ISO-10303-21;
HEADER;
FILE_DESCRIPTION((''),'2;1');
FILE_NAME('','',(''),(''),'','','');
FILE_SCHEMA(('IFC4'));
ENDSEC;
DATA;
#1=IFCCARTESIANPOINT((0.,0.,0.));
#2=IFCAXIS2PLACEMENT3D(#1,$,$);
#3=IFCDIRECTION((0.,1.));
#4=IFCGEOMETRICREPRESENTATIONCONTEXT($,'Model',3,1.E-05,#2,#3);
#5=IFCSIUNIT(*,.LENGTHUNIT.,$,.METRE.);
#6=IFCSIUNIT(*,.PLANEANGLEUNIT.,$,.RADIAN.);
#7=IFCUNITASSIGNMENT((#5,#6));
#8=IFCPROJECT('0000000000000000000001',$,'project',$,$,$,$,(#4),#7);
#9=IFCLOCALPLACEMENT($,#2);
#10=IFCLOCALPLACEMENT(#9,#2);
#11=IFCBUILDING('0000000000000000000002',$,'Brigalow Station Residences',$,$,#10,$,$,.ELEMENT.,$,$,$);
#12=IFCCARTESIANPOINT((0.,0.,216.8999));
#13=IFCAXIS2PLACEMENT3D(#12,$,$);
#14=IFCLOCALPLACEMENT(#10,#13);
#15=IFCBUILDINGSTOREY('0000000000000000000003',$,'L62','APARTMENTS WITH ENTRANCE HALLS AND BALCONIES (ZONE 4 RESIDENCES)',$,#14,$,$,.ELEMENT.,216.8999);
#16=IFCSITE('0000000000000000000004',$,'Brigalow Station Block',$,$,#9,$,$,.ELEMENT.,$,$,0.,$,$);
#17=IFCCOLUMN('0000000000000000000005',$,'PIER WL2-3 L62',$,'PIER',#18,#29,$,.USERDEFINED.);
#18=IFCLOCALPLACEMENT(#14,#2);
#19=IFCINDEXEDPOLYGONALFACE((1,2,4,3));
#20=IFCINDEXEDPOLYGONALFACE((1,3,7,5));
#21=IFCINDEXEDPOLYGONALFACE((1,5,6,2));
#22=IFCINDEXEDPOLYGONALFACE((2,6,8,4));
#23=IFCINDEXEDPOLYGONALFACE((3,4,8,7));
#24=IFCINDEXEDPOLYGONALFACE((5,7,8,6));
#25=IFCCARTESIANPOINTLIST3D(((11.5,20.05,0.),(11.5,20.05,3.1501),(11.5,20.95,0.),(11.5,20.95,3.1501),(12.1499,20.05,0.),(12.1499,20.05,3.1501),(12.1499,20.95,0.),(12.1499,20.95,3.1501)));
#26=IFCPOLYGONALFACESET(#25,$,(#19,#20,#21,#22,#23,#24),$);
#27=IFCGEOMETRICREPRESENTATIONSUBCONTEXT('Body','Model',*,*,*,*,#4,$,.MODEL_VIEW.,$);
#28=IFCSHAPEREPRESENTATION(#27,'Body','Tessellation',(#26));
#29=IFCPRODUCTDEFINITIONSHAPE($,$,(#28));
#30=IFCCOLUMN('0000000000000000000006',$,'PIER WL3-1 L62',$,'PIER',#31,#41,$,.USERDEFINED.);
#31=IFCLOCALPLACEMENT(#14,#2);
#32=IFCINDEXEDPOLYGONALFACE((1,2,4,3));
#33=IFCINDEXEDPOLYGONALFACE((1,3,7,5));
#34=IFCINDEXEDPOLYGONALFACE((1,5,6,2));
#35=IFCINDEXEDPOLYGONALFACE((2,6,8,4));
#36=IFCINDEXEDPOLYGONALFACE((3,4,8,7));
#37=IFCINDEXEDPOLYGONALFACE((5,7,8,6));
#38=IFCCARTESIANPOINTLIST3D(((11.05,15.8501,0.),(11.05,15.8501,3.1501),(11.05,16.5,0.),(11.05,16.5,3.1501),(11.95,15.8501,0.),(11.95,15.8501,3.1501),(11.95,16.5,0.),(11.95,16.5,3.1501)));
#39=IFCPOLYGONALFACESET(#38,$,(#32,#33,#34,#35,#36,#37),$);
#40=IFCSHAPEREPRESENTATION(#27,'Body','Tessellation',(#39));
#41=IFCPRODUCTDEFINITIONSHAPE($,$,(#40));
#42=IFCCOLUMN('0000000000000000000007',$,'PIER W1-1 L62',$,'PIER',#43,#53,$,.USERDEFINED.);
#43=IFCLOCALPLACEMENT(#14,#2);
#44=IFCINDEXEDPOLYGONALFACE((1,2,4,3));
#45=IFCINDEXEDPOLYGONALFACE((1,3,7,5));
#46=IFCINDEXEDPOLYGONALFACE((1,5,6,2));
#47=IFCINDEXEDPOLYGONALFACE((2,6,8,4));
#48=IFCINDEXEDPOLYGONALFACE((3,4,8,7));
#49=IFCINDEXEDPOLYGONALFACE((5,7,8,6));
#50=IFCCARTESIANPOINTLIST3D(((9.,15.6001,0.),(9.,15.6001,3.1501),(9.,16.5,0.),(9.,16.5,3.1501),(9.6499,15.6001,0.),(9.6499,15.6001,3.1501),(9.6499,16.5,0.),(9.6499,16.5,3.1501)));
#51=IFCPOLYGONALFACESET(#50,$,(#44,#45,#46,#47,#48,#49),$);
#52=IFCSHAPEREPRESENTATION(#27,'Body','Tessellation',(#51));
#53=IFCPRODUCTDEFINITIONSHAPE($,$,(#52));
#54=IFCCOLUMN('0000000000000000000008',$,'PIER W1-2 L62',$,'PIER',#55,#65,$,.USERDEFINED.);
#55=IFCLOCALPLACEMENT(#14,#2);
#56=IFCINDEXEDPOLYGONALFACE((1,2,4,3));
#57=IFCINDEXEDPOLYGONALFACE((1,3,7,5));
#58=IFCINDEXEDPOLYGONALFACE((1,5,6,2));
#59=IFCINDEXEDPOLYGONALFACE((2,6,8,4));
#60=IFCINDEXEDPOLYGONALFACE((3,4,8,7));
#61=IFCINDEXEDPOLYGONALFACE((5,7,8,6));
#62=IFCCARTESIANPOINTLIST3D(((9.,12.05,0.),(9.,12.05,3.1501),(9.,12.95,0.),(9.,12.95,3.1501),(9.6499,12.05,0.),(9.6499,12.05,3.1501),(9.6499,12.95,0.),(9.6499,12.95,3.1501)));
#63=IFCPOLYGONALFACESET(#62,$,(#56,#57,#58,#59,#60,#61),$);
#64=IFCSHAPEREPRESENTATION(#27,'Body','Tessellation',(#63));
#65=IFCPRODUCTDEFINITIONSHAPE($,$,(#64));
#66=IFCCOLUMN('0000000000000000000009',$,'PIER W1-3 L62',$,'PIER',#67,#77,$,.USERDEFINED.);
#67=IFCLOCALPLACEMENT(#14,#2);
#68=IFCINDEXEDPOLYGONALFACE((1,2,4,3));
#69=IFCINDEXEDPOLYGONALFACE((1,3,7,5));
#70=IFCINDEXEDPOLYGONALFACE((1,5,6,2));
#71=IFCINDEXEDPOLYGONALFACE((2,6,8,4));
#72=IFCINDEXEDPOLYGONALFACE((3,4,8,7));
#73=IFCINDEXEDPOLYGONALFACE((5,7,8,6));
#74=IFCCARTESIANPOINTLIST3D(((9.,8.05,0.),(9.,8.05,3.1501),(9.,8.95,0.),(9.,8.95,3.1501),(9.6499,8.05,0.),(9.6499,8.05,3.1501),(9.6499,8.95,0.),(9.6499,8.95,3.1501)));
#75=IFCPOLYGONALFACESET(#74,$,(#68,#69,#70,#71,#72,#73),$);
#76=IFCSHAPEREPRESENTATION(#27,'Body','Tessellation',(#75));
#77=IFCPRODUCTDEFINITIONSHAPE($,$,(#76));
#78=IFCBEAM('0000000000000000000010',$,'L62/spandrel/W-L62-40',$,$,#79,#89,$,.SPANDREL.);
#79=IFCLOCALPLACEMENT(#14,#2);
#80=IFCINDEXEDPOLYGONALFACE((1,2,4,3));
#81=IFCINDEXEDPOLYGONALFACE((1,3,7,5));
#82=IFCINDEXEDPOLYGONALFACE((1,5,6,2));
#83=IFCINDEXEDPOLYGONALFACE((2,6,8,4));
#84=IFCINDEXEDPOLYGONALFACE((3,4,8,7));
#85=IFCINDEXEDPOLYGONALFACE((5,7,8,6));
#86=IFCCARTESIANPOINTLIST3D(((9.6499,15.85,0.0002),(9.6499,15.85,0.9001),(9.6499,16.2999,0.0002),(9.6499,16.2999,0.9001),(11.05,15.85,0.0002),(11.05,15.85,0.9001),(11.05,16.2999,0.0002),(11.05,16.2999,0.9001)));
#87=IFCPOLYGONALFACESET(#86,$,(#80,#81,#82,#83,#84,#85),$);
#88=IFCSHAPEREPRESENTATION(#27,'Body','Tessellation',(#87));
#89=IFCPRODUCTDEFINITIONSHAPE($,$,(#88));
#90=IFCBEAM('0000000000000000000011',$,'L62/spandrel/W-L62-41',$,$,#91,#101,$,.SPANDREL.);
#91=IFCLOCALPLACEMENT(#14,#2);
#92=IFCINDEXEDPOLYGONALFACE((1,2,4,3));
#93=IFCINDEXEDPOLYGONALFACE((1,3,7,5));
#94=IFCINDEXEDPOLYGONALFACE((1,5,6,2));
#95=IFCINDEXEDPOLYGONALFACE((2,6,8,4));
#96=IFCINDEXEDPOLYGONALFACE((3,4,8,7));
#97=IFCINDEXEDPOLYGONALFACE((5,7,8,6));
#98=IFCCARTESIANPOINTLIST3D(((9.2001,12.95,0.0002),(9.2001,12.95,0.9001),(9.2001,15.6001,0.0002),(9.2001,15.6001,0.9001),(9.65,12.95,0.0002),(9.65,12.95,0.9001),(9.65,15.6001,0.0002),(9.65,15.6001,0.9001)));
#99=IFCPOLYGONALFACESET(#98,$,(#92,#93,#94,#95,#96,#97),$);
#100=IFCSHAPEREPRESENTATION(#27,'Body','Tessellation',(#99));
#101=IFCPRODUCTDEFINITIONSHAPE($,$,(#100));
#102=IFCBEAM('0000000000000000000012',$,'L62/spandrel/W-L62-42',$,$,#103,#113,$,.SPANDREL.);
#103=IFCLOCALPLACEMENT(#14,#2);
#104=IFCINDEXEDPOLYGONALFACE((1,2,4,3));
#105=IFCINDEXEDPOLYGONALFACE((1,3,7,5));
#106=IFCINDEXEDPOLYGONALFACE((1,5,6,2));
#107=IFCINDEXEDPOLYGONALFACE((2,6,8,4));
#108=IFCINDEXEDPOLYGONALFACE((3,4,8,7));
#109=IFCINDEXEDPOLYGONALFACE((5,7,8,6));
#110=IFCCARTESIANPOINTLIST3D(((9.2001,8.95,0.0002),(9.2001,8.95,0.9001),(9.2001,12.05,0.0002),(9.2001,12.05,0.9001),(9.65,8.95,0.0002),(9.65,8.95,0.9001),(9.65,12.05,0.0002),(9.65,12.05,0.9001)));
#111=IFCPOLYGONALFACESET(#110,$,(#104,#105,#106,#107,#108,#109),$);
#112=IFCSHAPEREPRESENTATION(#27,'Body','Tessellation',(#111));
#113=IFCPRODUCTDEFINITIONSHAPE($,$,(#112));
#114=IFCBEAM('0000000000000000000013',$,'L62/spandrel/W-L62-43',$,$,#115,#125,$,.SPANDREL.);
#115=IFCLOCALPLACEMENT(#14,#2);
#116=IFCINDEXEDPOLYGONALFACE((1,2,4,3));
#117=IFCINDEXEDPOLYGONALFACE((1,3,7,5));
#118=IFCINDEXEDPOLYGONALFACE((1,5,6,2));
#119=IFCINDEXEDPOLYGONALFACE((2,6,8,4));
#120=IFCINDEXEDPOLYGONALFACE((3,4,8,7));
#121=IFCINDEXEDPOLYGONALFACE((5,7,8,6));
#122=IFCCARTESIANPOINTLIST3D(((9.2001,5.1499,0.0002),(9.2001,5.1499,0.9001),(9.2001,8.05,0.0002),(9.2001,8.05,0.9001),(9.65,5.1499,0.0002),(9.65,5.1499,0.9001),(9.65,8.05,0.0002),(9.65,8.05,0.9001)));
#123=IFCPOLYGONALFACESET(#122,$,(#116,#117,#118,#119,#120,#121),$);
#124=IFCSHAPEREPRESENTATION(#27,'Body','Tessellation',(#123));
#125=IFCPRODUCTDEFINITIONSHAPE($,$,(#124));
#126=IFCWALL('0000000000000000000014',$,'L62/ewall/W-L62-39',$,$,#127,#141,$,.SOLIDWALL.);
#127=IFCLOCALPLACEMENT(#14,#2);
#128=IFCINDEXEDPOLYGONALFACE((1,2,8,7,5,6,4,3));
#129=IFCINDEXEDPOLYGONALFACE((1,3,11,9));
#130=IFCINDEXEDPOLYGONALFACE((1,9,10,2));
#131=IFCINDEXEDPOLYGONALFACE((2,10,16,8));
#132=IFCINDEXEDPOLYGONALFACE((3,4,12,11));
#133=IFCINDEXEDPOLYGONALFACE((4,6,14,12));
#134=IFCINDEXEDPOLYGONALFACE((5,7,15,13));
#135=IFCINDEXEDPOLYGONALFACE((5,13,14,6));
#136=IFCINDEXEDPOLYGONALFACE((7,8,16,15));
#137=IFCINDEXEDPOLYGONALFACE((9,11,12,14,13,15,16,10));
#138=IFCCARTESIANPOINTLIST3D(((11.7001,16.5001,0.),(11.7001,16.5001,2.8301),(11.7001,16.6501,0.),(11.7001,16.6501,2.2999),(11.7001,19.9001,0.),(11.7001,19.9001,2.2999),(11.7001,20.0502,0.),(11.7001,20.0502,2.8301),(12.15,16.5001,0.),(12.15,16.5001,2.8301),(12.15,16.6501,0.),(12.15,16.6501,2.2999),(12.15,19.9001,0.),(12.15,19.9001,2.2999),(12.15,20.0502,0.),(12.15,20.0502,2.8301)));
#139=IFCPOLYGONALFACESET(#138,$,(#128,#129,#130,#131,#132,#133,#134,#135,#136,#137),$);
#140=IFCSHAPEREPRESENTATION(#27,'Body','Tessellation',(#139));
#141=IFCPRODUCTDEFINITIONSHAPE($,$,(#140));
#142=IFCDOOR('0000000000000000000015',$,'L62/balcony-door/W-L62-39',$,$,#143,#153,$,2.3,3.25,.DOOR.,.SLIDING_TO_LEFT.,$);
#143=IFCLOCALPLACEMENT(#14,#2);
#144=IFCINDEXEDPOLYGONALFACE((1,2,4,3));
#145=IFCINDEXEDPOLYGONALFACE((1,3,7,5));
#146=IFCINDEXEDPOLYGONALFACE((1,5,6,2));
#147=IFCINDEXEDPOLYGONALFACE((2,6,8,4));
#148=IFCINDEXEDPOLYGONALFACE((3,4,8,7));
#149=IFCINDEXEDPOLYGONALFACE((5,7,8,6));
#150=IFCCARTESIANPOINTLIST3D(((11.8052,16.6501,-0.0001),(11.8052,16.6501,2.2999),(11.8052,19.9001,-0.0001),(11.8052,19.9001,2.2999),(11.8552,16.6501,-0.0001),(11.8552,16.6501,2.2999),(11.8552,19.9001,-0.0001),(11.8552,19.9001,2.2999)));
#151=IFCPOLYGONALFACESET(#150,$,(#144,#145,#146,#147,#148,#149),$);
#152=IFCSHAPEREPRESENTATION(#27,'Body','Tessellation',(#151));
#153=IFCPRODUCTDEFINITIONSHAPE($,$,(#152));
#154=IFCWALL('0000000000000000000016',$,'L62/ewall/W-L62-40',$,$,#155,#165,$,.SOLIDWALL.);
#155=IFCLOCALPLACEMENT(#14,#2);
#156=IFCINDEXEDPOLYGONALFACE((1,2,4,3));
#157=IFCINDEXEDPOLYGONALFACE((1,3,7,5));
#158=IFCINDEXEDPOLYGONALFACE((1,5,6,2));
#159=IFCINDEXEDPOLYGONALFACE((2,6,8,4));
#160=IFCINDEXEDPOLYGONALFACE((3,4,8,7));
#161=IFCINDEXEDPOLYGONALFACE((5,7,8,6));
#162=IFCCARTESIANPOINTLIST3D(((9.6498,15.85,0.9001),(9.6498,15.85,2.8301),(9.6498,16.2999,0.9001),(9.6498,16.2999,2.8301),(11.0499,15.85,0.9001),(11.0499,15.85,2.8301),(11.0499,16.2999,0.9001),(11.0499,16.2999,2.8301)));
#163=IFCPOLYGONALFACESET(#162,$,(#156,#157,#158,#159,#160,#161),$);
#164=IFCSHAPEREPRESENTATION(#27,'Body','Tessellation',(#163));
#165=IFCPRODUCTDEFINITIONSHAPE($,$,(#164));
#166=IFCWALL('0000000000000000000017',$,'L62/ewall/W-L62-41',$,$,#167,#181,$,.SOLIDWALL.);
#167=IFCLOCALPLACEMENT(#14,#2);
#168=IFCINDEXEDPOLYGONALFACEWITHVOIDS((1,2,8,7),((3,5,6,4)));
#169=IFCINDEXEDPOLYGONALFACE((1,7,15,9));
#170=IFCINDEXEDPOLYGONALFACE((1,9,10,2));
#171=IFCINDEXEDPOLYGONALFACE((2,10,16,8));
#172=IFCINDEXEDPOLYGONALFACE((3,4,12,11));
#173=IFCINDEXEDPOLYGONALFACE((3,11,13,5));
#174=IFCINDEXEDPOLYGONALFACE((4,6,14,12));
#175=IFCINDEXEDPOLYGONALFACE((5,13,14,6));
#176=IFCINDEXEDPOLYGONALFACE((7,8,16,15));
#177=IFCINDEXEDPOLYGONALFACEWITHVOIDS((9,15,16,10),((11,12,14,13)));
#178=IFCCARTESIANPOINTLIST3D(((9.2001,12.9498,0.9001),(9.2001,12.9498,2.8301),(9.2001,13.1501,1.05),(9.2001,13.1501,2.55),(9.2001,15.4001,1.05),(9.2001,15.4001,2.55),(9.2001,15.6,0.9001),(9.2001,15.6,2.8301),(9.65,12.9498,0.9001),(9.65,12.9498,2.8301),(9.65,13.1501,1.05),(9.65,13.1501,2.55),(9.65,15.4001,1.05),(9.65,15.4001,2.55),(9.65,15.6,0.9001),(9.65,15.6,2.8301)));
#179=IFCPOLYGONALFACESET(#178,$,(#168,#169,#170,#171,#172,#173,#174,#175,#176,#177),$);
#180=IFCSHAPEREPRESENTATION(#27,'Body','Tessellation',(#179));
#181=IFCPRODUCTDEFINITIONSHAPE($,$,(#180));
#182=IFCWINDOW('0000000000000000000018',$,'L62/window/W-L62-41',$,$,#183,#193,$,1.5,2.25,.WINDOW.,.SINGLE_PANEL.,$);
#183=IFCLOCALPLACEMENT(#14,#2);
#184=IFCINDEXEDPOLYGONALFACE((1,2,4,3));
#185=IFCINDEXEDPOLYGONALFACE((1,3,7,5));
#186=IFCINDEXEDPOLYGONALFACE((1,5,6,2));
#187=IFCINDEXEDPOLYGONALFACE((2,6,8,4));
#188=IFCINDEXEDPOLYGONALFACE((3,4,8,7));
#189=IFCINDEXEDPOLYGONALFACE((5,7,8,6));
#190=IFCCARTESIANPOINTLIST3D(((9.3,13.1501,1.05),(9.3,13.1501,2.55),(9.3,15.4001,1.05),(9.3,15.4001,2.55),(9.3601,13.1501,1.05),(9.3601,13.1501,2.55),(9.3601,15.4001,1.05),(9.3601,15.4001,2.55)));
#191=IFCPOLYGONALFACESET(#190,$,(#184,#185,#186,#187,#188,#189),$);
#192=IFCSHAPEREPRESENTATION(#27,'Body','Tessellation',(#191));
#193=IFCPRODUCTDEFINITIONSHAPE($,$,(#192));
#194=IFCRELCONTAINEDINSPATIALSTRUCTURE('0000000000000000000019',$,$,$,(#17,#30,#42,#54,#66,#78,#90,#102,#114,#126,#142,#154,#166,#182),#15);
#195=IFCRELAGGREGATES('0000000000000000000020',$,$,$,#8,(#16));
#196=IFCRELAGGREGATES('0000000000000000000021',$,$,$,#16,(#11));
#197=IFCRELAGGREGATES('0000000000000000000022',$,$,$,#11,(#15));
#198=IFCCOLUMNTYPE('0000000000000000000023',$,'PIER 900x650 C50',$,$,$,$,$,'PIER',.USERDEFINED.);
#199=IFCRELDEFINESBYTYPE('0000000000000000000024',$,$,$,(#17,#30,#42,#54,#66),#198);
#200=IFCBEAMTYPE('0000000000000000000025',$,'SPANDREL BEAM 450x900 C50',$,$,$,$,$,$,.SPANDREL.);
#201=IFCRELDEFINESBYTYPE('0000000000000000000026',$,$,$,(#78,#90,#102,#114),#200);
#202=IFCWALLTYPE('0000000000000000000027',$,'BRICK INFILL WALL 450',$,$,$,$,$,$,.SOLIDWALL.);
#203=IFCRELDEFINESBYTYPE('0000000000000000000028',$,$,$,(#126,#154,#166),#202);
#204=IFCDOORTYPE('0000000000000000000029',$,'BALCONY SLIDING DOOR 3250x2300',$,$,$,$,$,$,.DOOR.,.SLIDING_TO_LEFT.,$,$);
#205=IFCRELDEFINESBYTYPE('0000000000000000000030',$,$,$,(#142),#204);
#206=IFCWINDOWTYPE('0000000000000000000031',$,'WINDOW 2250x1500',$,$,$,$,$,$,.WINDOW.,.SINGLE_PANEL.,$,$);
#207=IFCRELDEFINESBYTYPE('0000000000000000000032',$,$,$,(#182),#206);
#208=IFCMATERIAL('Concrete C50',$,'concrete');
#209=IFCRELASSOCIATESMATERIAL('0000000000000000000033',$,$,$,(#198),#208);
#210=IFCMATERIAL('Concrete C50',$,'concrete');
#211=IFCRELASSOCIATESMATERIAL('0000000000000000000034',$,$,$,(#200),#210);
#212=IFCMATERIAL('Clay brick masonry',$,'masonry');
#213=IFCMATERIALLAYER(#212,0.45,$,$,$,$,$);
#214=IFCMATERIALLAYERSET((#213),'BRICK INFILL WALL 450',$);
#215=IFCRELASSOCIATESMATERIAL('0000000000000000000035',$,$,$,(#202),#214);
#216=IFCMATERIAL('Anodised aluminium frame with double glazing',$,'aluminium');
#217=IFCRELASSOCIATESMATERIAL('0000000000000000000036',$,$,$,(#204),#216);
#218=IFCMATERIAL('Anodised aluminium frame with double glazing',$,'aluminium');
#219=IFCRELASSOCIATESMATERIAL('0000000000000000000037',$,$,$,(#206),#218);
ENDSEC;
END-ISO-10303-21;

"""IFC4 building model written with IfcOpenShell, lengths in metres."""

from ifc_helpers import new_model, si_unit, direction, frame, frame_2d, origin, origin_2d, place, context, subcontext, project, spatial, rectangle, extrude, material, layer, layer_set, material_profile, profile_set, type_object, element, fill, save


model = new_model("IFC4")

# Units and contexts
model_context = context("Model", 3, precision=1e-05, world=origin(), true_north=direction((0.0, 1.0)))
body_context = subcontext(model_context, "Body", "Model", "MODEL_VIEW")
ifc_project = project(units=[si_unit("LENGTHUNIT", "METRE"), si_unit("PLANEANGLEUNIT", "RADIAN")], contexts=[model_context])

# Site, building, storey
site_placement = place(None, origin())
site = spatial("IfcSite", under=ifc_project, at=site_placement, Name="Brigalow Station Block", CompositionType="ELEMENT", RefElevation=0.0)
building_placement = place(site_placement, origin())
building = spatial("IfcBuilding", under=site, at=building_placement, Name="Brigalow Station Residences", CompositionType="ELEMENT")
storey_placement = place(building_placement, frame((0.0, 0.0, 216.8999)))
storey = spatial("IfcBuildingStorey", under=building, at=storey_placement, Name="L62", Description="APARTMENTS WITH ENTRANCE HALLS AND BALCONIES (ZONE 4 RESIDENCES)", CompositionType="ELEMENT", Elevation=216.8999)

# Columns
ifc_material_1 = material(Name="Concrete C50", Category="concrete")
ifc_material_profile_1 = material_profile(ifc_material_1, rectangle(XDim=0.8999, YDim=0.6499, at=origin_2d()), Name="RC900x650")
ifc_profile_set_1 = profile_set([ifc_material_profile_1], Name="Concrete C50")
column_type = type_object("IfcColumnType", Name="PIER 900x650 C50", ElementType="PIER", PredefinedType="USERDEFINED", material=ifc_profile_set_1)
for number, where, z_axis, x_axis, name in (
    (1, (11.825, 20.5, 0.0), (0.0, 0.0, 1.0), (0.0, -1.0, 0.0), "PIER WL2-3 L62"),
    (2, (11.5, 16.175, 0.0), (0.0, 0.0, 1.0), (-1.0, 0.0, 0.0), "PIER WL3-1 L62"),
    (3, (9.325, 16.05, 0.0), (0.0, 0.0, 1.0), (0.0, -1.0, 0.0), "PIER W1-1 L62"),
    (4, (9.325, 12.5, 0.0), (0.0, 0.0, 1.0), (0.0, -1.0, 0.0), "PIER W1-2 L62"),
    (5, (9.325, 8.5, 0.0), (0.0, 0.0, 1.0), (0.0, -1.0, 0.0), "PIER W1-3 L62"),
):
    element("IfcColumn", number, at=place(storey_placement, frame(where, z_axis=z_axis, x_axis=x_axis)), inside=storey, type_object=column_type, Name=name, ObjectType="PIER", PredefinedType="USERDEFINED", context=body_context, shape_type="SweptSolid", body=[
        extrude(rectangle(XDim=0.8999, YDim=0.6499, at=origin_2d()), origin(), (0.0, 0.0, 1.0), 3.1501),
    ])

# Beams
ifc_material_2 = material(Name="Concrete C50", Category="concrete")
ifc_material_profile_2 = material_profile(ifc_material_2, rectangle(XDim=0.45, YDim=0.8999, at=origin_2d()), Name="RC450x900")
ifc_profile_set_2 = profile_set([ifc_material_profile_2], Name="Concrete C50")
beam_type = type_object("IfcBeamType", Name="SPANDREL BEAM 450x900 C50", PredefinedType="SPANDREL", material=ifc_profile_set_2)
beam_1_placement = place(storey_placement, frame((11.05, 16.075, 0.4502), z_axis=(-1.0, 0.0, 0.0), x_axis=(0.0, -1.0, 0.0)))
element("IfcBeam", 6, at=beam_1_placement, inside=storey, type_object=beam_type, Name="L62/spandrel/W-L62-40", PredefinedType="SPANDREL", context=body_context, shape_type="SweptSolid", body=[
    extrude(rectangle(XDim=0.45, YDim=0.8999, at=origin_2d()), origin(), (0.0, 0.0, 1.0), 1.4001),
])
beam_2_placement = place(storey_placement, frame((9.425, 15.6001, 0.4502), z_axis=(0.0, -1.0, 0.0), x_axis=(1.0, 0.0, 0.0)))
element("IfcBeam", 7, at=beam_2_placement, inside=storey, type_object=beam_type, Name="L62/spandrel/W-L62-41", PredefinedType="SPANDREL", context=body_context, shape_type="SweptSolid", body=[
    extrude(rectangle(XDim=0.45, YDim=0.8999, at=origin_2d()), origin(), (0.0, 0.0, 1.0), 2.6501),
])
beam_3_placement = place(storey_placement, frame((9.425, 12.05, 0.4502), z_axis=(0.0, -1.0, 0.0), x_axis=(1.0, 0.0, 0.0)))
element("IfcBeam", 8, at=beam_3_placement, inside=storey, type_object=beam_type, Name="L62/spandrel/W-L62-42", PredefinedType="SPANDREL", context=body_context, shape_type="SweptSolid", body=[
    extrude(rectangle(XDim=0.45, YDim=0.8999, at=origin_2d()), origin(), (0.0, 0.0, 1.0), 3.1001),
])
beam_4_placement = place(storey_placement, frame((9.425, 8.05, 0.4502), z_axis=(0.0, -1.0, 0.0), x_axis=(1.0, 0.0, 0.0)))
element("IfcBeam", 9, at=beam_4_placement, inside=storey, type_object=beam_type, Name="L62/spandrel/W-L62-43", PredefinedType="SPANDREL", context=body_context, shape_type="SweptSolid", body=[
    extrude(rectangle(XDim=0.45, YDim=0.8999, at=origin_2d()), origin(), (0.0, 0.0, 1.0), 2.9001),
])

# Wall, opening, door
ifc_material_3 = material(Name="Clay brick masonry", Category="masonry")
ifc_layer_1 = layer(ifc_material_3, 0.45)
ifc_layer_set_1 = layer_set([ifc_layer_1], Name="BRICK INFILL WALL 450")
wall_type_1 = type_object("IfcWallType", Name="BRICK INFILL WALL 450", PredefinedType="SOLIDWALL", material=ifc_layer_set_1)
wall_1_placement = place(storey_placement, frame((11.925, 20.05, 0.0), z_axis=(0.0, 0.0, 1.0), x_axis=(0.0, -1.0, 0.0)))
wall_1 = element("IfcWall", 10, at=wall_1_placement, inside=storey, type_object=wall_type_1, Name="L62/ewall/W-L62-39", PredefinedType="SOLIDWALL", context=body_context, shape_type="SweptSolid", body=[
    extrude(rectangle(XDim=3.55, YDim=0.45, at=frame_2d((1.7749, 0.0))), origin(), (0.0, 0.0, 1.0), 2.8301),
])
opening_1_placement = place(wall_1_placement, frame((0.1499, 0.0, 0.0)))
opening_1 = element("IfcOpeningElement", 11, at=opening_1_placement, cuts=wall_1, PredefinedType="OPENING", context=body_context, shape_type="SweptSolid", body=[
    extrude(rectangle(XDim=3.25, YDim=2.3, at=frame_2d((1.625, 1.1499))), frame((0.0, 0.2349, 0.0), z_axis=(0.0, -1.0, 0.0), x_axis=(1.0, 0.0, 0.0)), (0.0, 0.0, 1.0), 0.47),
])
ifc_material_4 = material(Name="Anodised aluminium frame with double glazing", Category="aluminium")
door_type_1 = type_object("IfcDoorType", Name="BALCONY SLIDING DOOR 3250x2300", OperationType="SLIDING_TO_LEFT", PredefinedType="DOOR", material=ifc_material_4)
door_1_placement = place(opening_1_placement, origin())
door_1 = element("IfcDoor", 12, at=door_1_placement, inside=storey, type_object=door_type_1, Name="L62/balcony-door/W-L62-39", OperationType="SLIDING_TO_LEFT", OverallHeight=2.3, OverallWidth=3.25, PredefinedType="DOOR", context=body_context, shape_type="SweptSolid", body=[
    extrude(rectangle(XDim=3.25, YDim=2.3, at=frame_2d((1.625, 1.1499))), frame((0.0, -0.0698, 0.0), z_axis=(0.0, -1.0, 0.0), x_axis=(1.0, 0.0, 0.0)), (0.0, 0.0, 1.0), 0.05),
])
fill(opening_1, door_1)

# Wall
wall_2_placement = place(storey_placement, frame((11.05, 16.075, 0.9001), z_axis=(0.0, 0.0, 1.0), x_axis=(-1.0, 0.0, 0.0)))
element("IfcWall", 13, at=wall_2_placement, inside=storey, type_object=wall_type_1, Name="L62/ewall/W-L62-40", PredefinedType="SOLIDWALL", context=body_context, shape_type="SweptSolid", body=[
    extrude(rectangle(XDim=1.4001, YDim=0.45, at=frame_2d((0.7002, 0.0))), origin(), (0.0, 0.0, 1.0), 1.9299),
])

# Wall, opening, window
wall_3_placement = place(storey_placement, frame((9.425, 15.6001, 0.9001), z_axis=(0.0, 0.0, 1.0), x_axis=(0.0, -1.0, 0.0)))
wall_3 = element("IfcWall", 14, at=wall_3_placement, inside=storey, type_object=wall_type_1, Name="L62/ewall/W-L62-41", PredefinedType="SOLIDWALL", context=body_context, shape_type="SweptSolid", body=[
    extrude(rectangle(XDim=2.6501, YDim=0.45, at=frame_2d((1.3252, 0.0))), origin(), (0.0, 0.0, 1.0), 1.9299),
])
opening_2_placement = place(wall_3_placement, frame((0.2, 0.0, 0.1499)))
opening_2 = element("IfcOpeningElement", 15, at=opening_2_placement, cuts=wall_3, PredefinedType="OPENING", context=body_context, shape_type="SweptSolid", body=[
    extrude(rectangle(XDim=2.25, YDim=1.5, at=frame_2d((1.125, 0.75))), frame((0.0, 0.2349, 0.0), z_axis=(0.0, -1.0, 0.0), x_axis=(1.0, 0.0, 0.0)), (0.0, 0.0, 1.0), 0.47),
])
ifc_material_5 = material(Name="Anodised aluminium frame with double glazing", Category="aluminium")
window_type_1 = type_object("IfcWindowType", Name="WINDOW 2250x1500", PartitioningType="SINGLE_PANEL", PredefinedType="WINDOW", material=ifc_material_5)
window_1_placement = place(opening_2_placement, origin())
window_1 = element("IfcWindow", 16, at=window_1_placement, inside=storey, type_object=window_type_1, Name="L62/window/W-L62-41", OverallHeight=1.5, OverallWidth=2.25, PartitioningType="SINGLE_PANEL", PredefinedType="WINDOW", context=body_context, shape_type="SweptSolid", body=[
    extrude(rectangle(XDim=2.25, YDim=1.5, at=frame_2d((1.125, 0.75))), frame((0.0, -0.0649, 0.0), z_axis=(0.0, -1.0, 0.0), x_axis=(1.0, 0.0, 0.0)), (0.0, 0.0, 1.0), 0.0601),
])
fill(opening_2, window_1)

save(model, "model.ifc")
